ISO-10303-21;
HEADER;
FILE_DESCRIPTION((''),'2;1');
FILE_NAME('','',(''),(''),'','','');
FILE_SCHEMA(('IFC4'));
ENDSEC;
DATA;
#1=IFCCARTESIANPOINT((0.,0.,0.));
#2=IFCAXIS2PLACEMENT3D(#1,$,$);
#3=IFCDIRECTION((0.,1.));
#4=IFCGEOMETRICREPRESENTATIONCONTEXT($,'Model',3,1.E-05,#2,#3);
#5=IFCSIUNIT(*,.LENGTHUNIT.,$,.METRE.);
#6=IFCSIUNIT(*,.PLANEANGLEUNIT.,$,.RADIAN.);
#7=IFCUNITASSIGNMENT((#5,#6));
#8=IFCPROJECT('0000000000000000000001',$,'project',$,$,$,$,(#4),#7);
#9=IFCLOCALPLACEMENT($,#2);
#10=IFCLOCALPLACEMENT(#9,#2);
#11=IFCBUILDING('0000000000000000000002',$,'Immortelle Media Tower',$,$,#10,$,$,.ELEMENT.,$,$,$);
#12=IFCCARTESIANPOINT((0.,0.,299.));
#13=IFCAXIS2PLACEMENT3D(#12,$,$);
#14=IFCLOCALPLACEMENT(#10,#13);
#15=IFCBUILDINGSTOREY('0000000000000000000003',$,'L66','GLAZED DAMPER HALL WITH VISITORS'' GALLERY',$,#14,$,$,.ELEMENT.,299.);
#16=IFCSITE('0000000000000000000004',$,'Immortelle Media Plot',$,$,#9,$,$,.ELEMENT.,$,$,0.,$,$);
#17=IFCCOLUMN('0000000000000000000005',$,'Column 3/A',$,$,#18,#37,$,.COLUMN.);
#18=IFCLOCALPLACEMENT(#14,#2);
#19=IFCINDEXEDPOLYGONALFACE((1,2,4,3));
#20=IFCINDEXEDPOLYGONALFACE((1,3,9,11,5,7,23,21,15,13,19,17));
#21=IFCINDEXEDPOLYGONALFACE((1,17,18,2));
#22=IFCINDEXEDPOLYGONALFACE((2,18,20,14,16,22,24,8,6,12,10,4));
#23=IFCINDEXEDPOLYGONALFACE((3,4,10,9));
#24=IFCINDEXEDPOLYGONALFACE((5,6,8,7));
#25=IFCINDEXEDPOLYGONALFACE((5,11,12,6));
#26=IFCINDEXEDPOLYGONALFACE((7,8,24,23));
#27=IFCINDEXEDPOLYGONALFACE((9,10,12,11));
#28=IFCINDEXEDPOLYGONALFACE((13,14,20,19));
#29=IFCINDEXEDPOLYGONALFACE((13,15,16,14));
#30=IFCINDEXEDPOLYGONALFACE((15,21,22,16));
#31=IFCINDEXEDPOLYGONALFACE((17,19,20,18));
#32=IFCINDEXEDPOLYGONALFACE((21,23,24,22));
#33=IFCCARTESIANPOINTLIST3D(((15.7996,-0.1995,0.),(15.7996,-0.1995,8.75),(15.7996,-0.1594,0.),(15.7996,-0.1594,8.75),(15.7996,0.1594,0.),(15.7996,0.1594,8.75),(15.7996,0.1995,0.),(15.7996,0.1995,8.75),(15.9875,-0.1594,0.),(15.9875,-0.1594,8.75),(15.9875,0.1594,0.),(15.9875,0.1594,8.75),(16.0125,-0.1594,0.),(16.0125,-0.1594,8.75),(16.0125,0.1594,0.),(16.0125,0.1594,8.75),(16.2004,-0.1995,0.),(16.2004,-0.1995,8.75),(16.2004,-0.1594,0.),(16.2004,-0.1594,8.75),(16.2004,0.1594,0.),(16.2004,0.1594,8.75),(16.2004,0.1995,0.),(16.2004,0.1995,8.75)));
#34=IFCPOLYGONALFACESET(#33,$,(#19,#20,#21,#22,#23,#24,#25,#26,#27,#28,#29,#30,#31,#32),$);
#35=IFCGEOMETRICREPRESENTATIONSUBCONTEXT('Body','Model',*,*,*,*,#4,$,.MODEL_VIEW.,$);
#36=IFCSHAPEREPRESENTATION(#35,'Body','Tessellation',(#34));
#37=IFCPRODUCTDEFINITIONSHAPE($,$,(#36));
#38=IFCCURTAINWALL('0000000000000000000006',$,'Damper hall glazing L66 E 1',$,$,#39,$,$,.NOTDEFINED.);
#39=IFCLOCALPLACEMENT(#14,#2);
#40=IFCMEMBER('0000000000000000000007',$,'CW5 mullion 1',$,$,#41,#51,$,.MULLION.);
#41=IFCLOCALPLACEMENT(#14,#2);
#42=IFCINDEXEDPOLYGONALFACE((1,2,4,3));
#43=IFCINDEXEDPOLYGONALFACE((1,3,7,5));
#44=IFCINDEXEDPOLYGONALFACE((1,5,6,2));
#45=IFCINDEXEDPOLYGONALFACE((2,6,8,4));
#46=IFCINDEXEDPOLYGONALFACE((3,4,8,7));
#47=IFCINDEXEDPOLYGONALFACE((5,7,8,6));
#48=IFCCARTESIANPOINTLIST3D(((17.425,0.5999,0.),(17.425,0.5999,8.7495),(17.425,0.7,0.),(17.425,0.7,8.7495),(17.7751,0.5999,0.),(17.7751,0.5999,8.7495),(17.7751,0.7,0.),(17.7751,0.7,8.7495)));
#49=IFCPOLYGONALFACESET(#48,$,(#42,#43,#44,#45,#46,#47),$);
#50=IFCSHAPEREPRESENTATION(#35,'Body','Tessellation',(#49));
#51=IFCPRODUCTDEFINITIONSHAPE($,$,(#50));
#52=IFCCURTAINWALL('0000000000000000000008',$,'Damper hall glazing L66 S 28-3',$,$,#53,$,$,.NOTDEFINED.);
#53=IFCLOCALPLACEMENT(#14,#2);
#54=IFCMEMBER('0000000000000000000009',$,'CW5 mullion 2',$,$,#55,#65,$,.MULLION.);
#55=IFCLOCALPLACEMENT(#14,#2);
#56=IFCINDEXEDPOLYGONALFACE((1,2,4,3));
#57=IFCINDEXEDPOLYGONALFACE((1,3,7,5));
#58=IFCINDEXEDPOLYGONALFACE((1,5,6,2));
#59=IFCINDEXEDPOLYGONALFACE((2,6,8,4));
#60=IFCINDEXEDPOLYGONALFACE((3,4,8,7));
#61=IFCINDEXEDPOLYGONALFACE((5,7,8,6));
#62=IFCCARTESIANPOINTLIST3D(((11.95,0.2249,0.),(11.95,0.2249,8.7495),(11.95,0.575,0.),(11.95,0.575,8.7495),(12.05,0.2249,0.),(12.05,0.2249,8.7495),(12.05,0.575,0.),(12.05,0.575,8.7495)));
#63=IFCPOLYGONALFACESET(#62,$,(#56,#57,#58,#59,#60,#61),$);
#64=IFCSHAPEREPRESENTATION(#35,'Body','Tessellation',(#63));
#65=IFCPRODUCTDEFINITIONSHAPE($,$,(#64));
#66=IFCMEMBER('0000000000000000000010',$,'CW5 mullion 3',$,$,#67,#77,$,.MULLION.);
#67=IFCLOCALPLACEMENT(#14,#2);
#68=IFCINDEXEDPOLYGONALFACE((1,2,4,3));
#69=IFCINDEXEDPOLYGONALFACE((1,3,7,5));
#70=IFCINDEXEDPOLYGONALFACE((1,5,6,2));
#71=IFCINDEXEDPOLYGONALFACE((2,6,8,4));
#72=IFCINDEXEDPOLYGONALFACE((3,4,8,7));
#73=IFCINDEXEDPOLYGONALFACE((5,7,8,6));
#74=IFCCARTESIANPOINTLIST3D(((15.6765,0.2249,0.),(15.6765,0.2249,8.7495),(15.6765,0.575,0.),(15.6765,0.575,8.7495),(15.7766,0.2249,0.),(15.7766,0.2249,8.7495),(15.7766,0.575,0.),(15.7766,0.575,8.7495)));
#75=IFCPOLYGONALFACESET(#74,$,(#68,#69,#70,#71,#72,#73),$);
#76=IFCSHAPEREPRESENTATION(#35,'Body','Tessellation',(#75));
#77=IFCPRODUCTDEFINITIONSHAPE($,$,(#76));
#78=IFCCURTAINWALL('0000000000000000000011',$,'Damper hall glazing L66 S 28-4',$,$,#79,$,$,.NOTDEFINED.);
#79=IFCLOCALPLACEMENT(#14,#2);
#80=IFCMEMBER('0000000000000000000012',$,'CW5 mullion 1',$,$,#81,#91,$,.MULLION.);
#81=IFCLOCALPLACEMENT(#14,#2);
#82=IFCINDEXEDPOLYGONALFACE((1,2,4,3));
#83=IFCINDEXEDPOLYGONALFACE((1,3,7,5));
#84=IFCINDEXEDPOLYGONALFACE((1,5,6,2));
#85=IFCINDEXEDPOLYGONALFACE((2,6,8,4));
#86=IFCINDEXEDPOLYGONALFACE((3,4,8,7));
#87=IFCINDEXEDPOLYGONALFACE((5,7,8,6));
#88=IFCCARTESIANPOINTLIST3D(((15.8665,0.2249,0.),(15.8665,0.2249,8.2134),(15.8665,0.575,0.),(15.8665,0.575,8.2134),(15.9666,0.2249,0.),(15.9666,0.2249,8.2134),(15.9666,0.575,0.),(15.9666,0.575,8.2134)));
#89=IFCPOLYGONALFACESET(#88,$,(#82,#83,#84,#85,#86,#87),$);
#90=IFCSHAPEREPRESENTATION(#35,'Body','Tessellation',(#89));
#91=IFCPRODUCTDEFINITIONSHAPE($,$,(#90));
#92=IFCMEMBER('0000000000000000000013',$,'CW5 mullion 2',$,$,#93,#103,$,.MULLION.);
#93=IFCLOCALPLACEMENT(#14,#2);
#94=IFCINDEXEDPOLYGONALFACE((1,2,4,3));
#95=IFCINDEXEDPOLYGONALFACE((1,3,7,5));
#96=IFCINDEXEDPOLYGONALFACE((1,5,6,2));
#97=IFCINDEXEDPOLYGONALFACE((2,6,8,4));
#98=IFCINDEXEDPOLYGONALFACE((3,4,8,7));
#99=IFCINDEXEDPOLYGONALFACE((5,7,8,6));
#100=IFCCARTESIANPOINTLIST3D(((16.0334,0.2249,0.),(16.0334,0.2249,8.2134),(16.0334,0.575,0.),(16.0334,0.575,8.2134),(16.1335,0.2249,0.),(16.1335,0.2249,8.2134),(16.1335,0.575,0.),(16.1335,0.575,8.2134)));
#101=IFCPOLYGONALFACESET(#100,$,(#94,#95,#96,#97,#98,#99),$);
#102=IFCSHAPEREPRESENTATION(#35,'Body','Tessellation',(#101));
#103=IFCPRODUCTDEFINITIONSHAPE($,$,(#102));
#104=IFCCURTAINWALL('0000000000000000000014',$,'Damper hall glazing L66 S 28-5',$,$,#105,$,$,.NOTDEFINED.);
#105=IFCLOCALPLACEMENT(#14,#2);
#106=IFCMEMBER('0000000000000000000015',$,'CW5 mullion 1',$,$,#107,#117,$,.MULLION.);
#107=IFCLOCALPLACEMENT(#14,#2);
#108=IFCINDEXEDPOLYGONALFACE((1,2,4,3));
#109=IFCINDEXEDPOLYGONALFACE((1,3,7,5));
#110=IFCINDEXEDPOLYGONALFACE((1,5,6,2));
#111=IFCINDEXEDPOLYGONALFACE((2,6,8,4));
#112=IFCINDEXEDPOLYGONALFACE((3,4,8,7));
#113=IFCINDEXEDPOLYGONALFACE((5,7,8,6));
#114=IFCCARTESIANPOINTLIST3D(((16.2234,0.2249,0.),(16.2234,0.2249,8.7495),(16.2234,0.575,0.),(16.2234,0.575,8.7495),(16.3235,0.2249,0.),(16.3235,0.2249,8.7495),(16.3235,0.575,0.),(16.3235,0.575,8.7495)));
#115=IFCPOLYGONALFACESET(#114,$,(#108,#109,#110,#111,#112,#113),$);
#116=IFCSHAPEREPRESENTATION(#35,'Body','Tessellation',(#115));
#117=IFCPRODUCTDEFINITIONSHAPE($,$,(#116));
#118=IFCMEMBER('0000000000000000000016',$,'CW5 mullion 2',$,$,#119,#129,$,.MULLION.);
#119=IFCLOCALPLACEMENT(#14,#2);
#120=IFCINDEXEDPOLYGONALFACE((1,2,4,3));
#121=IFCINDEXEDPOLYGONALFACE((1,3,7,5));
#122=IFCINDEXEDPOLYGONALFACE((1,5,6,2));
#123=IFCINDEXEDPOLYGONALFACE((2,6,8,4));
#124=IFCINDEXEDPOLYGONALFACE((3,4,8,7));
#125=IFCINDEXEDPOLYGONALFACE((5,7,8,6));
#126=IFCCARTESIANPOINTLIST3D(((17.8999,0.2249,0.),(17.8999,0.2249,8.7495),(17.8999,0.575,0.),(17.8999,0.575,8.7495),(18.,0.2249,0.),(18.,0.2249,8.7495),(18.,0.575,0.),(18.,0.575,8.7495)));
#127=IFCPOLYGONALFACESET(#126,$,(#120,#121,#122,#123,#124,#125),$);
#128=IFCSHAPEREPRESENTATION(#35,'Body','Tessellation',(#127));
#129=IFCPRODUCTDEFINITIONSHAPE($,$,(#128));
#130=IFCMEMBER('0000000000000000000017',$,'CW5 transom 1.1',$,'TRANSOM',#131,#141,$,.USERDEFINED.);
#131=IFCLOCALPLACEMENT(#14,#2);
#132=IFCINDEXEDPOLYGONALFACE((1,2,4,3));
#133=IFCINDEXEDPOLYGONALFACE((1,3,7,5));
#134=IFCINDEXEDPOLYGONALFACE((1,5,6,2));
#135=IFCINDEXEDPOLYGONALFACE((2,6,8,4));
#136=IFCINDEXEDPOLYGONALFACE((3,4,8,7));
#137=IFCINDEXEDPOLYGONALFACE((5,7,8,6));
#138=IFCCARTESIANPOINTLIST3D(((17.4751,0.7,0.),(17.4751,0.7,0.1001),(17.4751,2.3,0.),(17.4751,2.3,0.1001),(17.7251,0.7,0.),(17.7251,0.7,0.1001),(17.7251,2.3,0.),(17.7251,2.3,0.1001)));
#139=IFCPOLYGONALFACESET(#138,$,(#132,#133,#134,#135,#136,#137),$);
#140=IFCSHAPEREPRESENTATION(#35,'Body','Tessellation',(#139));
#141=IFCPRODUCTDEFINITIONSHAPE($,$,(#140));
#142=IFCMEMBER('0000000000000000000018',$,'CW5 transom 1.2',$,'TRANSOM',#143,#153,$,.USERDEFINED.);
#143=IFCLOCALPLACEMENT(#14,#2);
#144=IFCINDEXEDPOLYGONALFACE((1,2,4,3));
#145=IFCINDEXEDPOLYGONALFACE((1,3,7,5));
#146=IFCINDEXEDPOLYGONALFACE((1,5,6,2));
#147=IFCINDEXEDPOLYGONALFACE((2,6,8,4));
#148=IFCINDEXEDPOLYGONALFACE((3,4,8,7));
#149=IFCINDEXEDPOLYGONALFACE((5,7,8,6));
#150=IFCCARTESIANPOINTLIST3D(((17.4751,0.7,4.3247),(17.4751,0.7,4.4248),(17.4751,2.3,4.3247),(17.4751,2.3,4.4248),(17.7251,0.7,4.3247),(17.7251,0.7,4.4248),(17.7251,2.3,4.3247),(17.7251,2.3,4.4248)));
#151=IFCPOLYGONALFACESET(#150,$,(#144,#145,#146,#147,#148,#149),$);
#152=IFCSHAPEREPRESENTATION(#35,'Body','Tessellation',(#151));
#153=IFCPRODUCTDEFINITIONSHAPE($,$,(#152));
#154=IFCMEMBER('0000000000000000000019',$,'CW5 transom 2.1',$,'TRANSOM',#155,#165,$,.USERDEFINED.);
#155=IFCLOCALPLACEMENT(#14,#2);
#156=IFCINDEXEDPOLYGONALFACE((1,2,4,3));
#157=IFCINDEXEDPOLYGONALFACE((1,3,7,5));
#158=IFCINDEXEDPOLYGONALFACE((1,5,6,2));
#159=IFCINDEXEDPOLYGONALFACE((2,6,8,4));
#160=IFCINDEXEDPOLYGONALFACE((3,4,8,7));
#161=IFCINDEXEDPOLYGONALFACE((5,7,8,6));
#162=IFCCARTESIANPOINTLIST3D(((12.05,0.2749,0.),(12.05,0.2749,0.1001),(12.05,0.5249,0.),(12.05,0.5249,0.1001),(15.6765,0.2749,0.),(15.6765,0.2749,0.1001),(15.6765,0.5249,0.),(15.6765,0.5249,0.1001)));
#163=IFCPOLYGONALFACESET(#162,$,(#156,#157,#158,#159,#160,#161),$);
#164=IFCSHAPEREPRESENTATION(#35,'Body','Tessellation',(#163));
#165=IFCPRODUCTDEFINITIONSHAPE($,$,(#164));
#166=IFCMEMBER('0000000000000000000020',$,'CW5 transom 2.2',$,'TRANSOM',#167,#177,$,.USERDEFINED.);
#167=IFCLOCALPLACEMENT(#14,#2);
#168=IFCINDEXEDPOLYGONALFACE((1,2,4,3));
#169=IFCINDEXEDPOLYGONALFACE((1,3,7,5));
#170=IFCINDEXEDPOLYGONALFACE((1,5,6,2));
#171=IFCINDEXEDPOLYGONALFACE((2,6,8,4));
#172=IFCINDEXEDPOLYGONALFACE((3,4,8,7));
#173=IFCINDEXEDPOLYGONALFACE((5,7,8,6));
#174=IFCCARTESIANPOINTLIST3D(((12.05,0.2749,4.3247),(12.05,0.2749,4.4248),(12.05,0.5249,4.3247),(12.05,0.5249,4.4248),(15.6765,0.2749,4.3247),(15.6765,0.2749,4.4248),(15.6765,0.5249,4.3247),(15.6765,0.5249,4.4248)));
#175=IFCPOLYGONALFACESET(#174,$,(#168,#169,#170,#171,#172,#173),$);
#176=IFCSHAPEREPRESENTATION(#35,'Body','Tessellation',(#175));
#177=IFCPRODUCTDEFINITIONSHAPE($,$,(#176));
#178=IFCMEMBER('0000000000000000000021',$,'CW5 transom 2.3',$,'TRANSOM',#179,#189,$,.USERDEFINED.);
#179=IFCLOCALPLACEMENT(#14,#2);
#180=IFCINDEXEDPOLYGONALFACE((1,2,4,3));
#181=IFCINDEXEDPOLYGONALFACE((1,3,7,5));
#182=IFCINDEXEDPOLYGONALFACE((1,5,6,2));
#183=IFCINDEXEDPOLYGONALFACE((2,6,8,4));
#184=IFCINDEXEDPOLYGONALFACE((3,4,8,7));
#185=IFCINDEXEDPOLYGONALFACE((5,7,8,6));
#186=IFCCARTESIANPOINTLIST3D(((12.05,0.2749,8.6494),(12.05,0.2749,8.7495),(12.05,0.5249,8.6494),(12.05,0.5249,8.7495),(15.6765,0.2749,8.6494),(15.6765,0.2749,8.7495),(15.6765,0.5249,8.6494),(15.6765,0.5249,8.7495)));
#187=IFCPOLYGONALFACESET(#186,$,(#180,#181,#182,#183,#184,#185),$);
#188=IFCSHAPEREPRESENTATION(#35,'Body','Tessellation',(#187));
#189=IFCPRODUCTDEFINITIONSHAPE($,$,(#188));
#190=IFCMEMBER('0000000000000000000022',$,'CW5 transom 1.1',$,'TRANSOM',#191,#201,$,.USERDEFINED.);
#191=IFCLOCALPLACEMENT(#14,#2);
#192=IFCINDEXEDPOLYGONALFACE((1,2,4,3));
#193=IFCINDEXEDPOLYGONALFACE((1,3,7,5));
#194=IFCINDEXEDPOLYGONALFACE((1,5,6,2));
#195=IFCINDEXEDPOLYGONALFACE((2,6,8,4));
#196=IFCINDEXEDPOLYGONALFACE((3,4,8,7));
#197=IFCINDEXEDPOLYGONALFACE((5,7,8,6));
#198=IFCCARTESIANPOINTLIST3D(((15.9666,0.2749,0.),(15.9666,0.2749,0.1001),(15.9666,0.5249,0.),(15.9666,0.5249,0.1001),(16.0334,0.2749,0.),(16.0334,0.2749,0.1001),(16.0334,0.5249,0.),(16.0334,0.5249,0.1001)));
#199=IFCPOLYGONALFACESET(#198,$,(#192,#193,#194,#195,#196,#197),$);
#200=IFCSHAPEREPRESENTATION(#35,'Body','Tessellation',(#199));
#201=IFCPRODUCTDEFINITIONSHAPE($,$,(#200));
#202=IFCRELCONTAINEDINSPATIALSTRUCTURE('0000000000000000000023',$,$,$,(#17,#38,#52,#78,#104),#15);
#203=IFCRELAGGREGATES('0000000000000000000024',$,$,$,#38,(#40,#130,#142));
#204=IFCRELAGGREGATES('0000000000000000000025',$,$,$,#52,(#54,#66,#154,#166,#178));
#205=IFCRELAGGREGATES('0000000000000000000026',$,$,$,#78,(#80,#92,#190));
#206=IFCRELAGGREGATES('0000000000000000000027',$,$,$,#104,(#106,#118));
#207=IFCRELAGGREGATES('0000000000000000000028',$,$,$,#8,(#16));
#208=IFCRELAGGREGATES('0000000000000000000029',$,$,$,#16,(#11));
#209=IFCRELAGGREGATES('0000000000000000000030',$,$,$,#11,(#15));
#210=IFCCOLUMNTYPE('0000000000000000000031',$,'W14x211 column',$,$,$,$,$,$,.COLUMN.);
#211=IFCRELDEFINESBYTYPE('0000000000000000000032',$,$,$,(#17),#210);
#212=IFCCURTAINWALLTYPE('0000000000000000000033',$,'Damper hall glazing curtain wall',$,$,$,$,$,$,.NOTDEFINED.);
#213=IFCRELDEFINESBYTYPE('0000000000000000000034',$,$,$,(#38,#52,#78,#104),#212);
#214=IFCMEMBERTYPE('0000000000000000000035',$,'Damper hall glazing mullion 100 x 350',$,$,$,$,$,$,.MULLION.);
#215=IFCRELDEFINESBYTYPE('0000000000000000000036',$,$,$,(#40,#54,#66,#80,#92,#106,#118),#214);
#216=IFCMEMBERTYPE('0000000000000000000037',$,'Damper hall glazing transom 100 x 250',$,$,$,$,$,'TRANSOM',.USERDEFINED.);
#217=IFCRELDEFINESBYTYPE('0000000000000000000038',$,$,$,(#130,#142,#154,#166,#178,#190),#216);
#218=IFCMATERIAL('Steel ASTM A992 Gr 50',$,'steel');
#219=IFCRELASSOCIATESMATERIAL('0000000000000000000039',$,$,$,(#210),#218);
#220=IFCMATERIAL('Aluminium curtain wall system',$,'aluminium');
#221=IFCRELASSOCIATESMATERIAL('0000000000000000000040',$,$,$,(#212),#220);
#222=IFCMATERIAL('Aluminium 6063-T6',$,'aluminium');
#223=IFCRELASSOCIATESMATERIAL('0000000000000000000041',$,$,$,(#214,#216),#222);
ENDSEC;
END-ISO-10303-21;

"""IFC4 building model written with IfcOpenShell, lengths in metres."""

from ifc_helpers import new_model, si_unit, direction, frame, origin, origin_2d, place, context, subcontext, project, spatial, rectangle, i_section, extrude, material, material_profile, profile_set, type_object, element, aggregate, save


model = new_model("IFC4")

# Units and contexts
model_context = context("Model", 3, precision=1e-05, world=origin(), true_north=direction((0.0, 1.0)))
body_context = subcontext(model_context, "Body", "Model", "MODEL_VIEW")
ifc_project = project(units=[si_unit("LENGTHUNIT", "METRE"), si_unit("PLANEANGLEUNIT", "RADIAN")], contexts=[model_context])

# Site, building, storey
site_placement = place(None, origin())
site = spatial("IfcSite", under=ifc_project, at=site_placement, Name="Immortelle Media Plot", CompositionType="ELEMENT", RefElevation=0.0)
building_placement = place(site_placement, origin())
building = spatial("IfcBuilding", under=site, at=building_placement, Name="Immortelle Media Tower", CompositionType="ELEMENT")
storey_placement = place(building_placement, frame((0.0, 0.0, 299.0)))
storey = spatial("IfcBuildingStorey", under=building, at=storey_placement, Name="L66", Description="GLAZED DAMPER HALL WITH VISITORS' GALLERY", CompositionType="ELEMENT", Elevation=299.0)

# Column
ifc_material_1 = material(Name="Steel ASTM A992 Gr 50", Category="steel")
ifc_material_profile_1 = material_profile(ifc_material_1, i_section(OverallWidth=0.4009, OverallDepth=0.3989, WebThickness=0.0249, FlangeThickness=0.04, at=origin_2d()), Name="W14x211")
ifc_profile_set_1 = profile_set([ifc_material_profile_1], Name="Steel ASTM A992 Gr 50")
column_type = type_object("IfcColumnType", Name="W14x211 column", PredefinedType="COLUMN", material=ifc_profile_set_1)
column_placement = place(storey_placement, frame((16.0, 0.0, 0.0), z_axis=(0.0, 0.0, 1.0), x_axis=(1.0, 0.0, 0.0)))
element("IfcColumn", 1, at=column_placement, inside=storey, type_object=column_type, Name="Column 3/A", PredefinedType="COLUMN", context=body_context, shape_type="SweptSolid", body=[
    extrude(i_section(OverallWidth=0.4009, OverallDepth=0.3989, WebThickness=0.0249, FlangeThickness=0.04, at=origin_2d()), origin(), (0.0, 0.0, 1.0), 8.75),
])

# Curtain wall, member
ifc_material_2 = material(Name="Aluminium curtain wall system", Category="aluminium")
curtain_wall_type = type_object("IfcCurtainWallType", Name="Damper hall glazing curtain wall", PredefinedType="NOTDEFINED", material=ifc_material_2)
curtain_wall_1_placement = place(storey_placement, origin())
curtain_wall_1 = element("IfcCurtainWall", 2, at=curtain_wall_1_placement, inside=storey, type_object=curtain_wall_type, Name="Damper hall glazing L66 E 1", PredefinedType="NOTDEFINED")
ifc_material_3 = material(Name="Aluminium 6063-T6", Category="aluminium")
ifc_material_profile_2 = material_profile(ifc_material_3, rectangle(XDim=0.3501, YDim=0.1001, at=origin_2d()), Name="AL 100x350")
ifc_profile_set_2 = profile_set([ifc_material_profile_2], Name="Aluminium 6063-T6")
member_type_1 = type_object("IfcMemberType", Name="Damper hall glazing mullion 100 x 350", PredefinedType="MULLION", material=ifc_profile_set_2)
member_1_placement = place(storey_placement, frame((17.6001, 0.6499, 0.0), z_axis=(0.0, 0.0, 1.0), x_axis=(-1.0, 0.0, 0.0)))
member_1 = element("IfcMember", 3, at=member_1_placement, type_object=member_type_1, Name="CW5 mullion 1", PredefinedType="MULLION", context=body_context, shape_type="SweptSolid", body=[
    extrude(rectangle(XDim=0.3501, YDim=0.1001, at=origin_2d()), origin(), (0.0, 0.0, 1.0), 8.7495),
])

# Curtain walls, members
curtain_wall_2_placement = place(storey_placement, origin())
curtain_wall_2 = element("IfcCurtainWall", 4, at=curtain_wall_2_placement, inside=storey, type_object=curtain_wall_type, Name="Damper hall glazing L66 S 28-3", PredefinedType="NOTDEFINED")
member_2_placement = place(storey_placement, frame((12.0, 0.3999, 0.0), z_axis=(0.0, 0.0, 1.0), x_axis=(0.0, 1.0, 0.0)))
member_2 = element("IfcMember", 5, at=member_2_placement, type_object=member_type_1, Name="CW5 mullion 2", PredefinedType="MULLION", context=body_context, shape_type="SweptSolid", body=[
    extrude(rectangle(XDim=0.3501, YDim=0.1001, at=origin_2d()), origin(), (0.0, 0.0, 1.0), 8.7495),
])
member_3_placement = place(storey_placement, frame((15.7266, 0.3999, 0.0), z_axis=(0.0, 0.0, 1.0), x_axis=(0.0, 1.0, 0.0)))
member_3 = element("IfcMember", 6, at=member_3_placement, type_object=member_type_1, Name="CW5 mullion 3", PredefinedType="MULLION", context=body_context, shape_type="SweptSolid", body=[
    extrude(rectangle(XDim=0.3501, YDim=0.1001, at=origin_2d()), origin(), (0.0, 0.0, 1.0), 8.7495),
])
curtain_wall_3_placement = place(storey_placement, origin())
curtain_wall_3 = element("IfcCurtainWall", 7, at=curtain_wall_3_placement, inside=storey, type_object=curtain_wall_type, Name="Damper hall glazing L66 S 28-4", PredefinedType="NOTDEFINED")
member_4_placement = place(storey_placement, frame((15.9165, 0.3999, 0.0), z_axis=(0.0, 0.0, 1.0), x_axis=(0.0, 1.0, 0.0)))
member_4 = element("IfcMember", 8, at=member_4_placement, type_object=member_type_1, Name="CW5 mullion 1", PredefinedType="MULLION", context=body_context, shape_type="SweptSolid", body=[
    extrude(rectangle(XDim=0.3501, YDim=0.1001, at=origin_2d()), origin(), (0.0, 0.0, 1.0), 8.2134),
])
member_5_placement = place(storey_placement, frame((16.0835, 0.3999, 0.0), z_axis=(0.0, 0.0, 1.0), x_axis=(0.0, 1.0, 0.0)))
member_5 = element("IfcMember", 9, at=member_5_placement, type_object=member_type_1, Name="CW5 mullion 2", PredefinedType="MULLION", context=body_context, shape_type="SweptSolid", body=[
    extrude(rectangle(XDim=0.3501, YDim=0.1001, at=origin_2d()), origin(), (0.0, 0.0, 1.0), 8.2134),
])
curtain_wall_4_placement = place(storey_placement, origin())
curtain_wall_4 = element("IfcCurtainWall", 10, at=curtain_wall_4_placement, inside=storey, type_object=curtain_wall_type, Name="Damper hall glazing L66 S 28-5", PredefinedType="NOTDEFINED")
member_6_placement = place(storey_placement, frame((16.2734, 0.3999, 0.0), z_axis=(0.0, 0.0, 1.0), x_axis=(0.0, 1.0, 0.0)))
member_6 = element("IfcMember", 11, at=member_6_placement, type_object=member_type_1, Name="CW5 mullion 1", PredefinedType="MULLION", context=body_context, shape_type="SweptSolid", body=[
    extrude(rectangle(XDim=0.3501, YDim=0.1001, at=origin_2d()), origin(), (0.0, 0.0, 1.0), 8.7495),
])
member_7_placement = place(storey_placement, frame((17.95, 0.3999, 0.0), z_axis=(0.0, 0.0, 1.0), x_axis=(0.0, 1.0, 0.0)))
member_7 = element("IfcMember", 12, at=member_7_placement, type_object=member_type_1, Name="CW5 mullion 2", PredefinedType="MULLION", context=body_context, shape_type="SweptSolid", body=[
    extrude(rectangle(XDim=0.3501, YDim=0.1001, at=origin_2d()), origin(), (0.0, 0.0, 1.0), 8.7495),
])

# Members
ifc_material_profile_3 = material_profile(ifc_material_3, rectangle(XDim=0.25, YDim=0.1001, at=origin_2d()), Name="AL 100x250")
ifc_profile_set_3 = profile_set([ifc_material_profile_3], Name="Aluminium 6063-T6")
member_type_2 = type_object("IfcMemberType", Name="Damper hall glazing transom 100 x 250", ElementType="TRANSOM", PredefinedType="USERDEFINED", material=ifc_profile_set_3)
member_8_placement = place(storey_placement, frame((17.6001, 0.7, 0.05), z_axis=(0.0, 1.0, 0.0), x_axis=(-1.0, 0.0, 0.0)))
member_8 = element("IfcMember", 13, at=member_8_placement, type_object=member_type_2, Name="CW5 transom 1.1", ObjectType="TRANSOM", PredefinedType="USERDEFINED", context=body_context, shape_type="SweptSolid", body=[
    extrude(rectangle(XDim=0.25, YDim=0.1001, at=origin_2d()), origin(), (0.0, 0.0, 1.0), 1.6001),
])
member_9_placement = place(storey_placement, frame((17.6001, 0.7, 4.3748), z_axis=(0.0, 1.0, 0.0), x_axis=(-1.0, 0.0, 0.0)))
member_9 = element("IfcMember", 14, at=member_9_placement, type_object=member_type_2, Name="CW5 transom 1.2", ObjectType="TRANSOM", PredefinedType="USERDEFINED", context=body_context, shape_type="SweptSolid", body=[
    extrude(rectangle(XDim=0.25, YDim=0.1001, at=origin_2d()), origin(), (0.0, 0.0, 1.0), 1.6001),
])
aggregate(curtain_wall_1, [member_1, member_8, member_9])
member_10_placement = place(storey_placement, frame((12.05, 0.3999, 0.05), z_axis=(1.0, 0.0, 0.0), x_axis=(0.0, 1.0, 0.0)))
member_10 = element("IfcMember", 15, at=member_10_placement, type_object=member_type_2, Name="CW5 transom 2.1", ObjectType="TRANSOM", PredefinedType="USERDEFINED", context=body_context, shape_type="SweptSolid", body=[
    extrude(rectangle(XDim=0.25, YDim=0.1001, at=origin_2d()), origin(), (0.0, 0.0, 1.0), 3.6265),
])
member_11_placement = place(storey_placement, frame((12.05, 0.3999, 4.3748), z_axis=(1.0, 0.0, 0.0), x_axis=(0.0, 1.0, 0.0)))
member_11 = element("IfcMember", 16, at=member_11_placement, type_object=member_type_2, Name="CW5 transom 2.2", ObjectType="TRANSOM", PredefinedType="USERDEFINED", context=body_context, shape_type="SweptSolid", body=[
    extrude(rectangle(XDim=0.25, YDim=0.1001, at=origin_2d()), origin(), (0.0, 0.0, 1.0), 3.6265),
])
member_12_placement = place(storey_placement, frame((12.05, 0.3999, 8.6995), z_axis=(1.0, 0.0, 0.0), x_axis=(0.0, 1.0, 0.0)))
member_12 = element("IfcMember", 17, at=member_12_placement, type_object=member_type_2, Name="CW5 transom 2.3", ObjectType="TRANSOM", PredefinedType="USERDEFINED", context=body_context, shape_type="SweptSolid", body=[
    extrude(rectangle(XDim=0.25, YDim=0.1001, at=origin_2d()), origin(), (0.0, 0.0, 1.0), 3.6265),
])
member_13_placement = place(storey_placement, frame((15.9666, 0.3999, 0.05), z_axis=(1.0, 0.0, 0.0), x_axis=(0.0, 1.0, 0.0)))
member_13 = element("IfcMember", 18, at=member_13_placement, type_object=member_type_2, Name="CW5 transom 1.1", ObjectType="TRANSOM", PredefinedType="USERDEFINED", context=body_context, shape_type="SweptSolid", body=[
    extrude(rectangle(XDim=0.25, YDim=0.1001, at=origin_2d()), origin(), (0.0, 0.0, 1.0), 0.0669),
])

aggregate(curtain_wall_2, [member_2, member_3, member_10, member_11, member_12])
aggregate(curtain_wall_3, [member_4, member_5, member_13])
aggregate(curtain_wall_4, [member_6, member_7])

save(model, "model.ifc")
